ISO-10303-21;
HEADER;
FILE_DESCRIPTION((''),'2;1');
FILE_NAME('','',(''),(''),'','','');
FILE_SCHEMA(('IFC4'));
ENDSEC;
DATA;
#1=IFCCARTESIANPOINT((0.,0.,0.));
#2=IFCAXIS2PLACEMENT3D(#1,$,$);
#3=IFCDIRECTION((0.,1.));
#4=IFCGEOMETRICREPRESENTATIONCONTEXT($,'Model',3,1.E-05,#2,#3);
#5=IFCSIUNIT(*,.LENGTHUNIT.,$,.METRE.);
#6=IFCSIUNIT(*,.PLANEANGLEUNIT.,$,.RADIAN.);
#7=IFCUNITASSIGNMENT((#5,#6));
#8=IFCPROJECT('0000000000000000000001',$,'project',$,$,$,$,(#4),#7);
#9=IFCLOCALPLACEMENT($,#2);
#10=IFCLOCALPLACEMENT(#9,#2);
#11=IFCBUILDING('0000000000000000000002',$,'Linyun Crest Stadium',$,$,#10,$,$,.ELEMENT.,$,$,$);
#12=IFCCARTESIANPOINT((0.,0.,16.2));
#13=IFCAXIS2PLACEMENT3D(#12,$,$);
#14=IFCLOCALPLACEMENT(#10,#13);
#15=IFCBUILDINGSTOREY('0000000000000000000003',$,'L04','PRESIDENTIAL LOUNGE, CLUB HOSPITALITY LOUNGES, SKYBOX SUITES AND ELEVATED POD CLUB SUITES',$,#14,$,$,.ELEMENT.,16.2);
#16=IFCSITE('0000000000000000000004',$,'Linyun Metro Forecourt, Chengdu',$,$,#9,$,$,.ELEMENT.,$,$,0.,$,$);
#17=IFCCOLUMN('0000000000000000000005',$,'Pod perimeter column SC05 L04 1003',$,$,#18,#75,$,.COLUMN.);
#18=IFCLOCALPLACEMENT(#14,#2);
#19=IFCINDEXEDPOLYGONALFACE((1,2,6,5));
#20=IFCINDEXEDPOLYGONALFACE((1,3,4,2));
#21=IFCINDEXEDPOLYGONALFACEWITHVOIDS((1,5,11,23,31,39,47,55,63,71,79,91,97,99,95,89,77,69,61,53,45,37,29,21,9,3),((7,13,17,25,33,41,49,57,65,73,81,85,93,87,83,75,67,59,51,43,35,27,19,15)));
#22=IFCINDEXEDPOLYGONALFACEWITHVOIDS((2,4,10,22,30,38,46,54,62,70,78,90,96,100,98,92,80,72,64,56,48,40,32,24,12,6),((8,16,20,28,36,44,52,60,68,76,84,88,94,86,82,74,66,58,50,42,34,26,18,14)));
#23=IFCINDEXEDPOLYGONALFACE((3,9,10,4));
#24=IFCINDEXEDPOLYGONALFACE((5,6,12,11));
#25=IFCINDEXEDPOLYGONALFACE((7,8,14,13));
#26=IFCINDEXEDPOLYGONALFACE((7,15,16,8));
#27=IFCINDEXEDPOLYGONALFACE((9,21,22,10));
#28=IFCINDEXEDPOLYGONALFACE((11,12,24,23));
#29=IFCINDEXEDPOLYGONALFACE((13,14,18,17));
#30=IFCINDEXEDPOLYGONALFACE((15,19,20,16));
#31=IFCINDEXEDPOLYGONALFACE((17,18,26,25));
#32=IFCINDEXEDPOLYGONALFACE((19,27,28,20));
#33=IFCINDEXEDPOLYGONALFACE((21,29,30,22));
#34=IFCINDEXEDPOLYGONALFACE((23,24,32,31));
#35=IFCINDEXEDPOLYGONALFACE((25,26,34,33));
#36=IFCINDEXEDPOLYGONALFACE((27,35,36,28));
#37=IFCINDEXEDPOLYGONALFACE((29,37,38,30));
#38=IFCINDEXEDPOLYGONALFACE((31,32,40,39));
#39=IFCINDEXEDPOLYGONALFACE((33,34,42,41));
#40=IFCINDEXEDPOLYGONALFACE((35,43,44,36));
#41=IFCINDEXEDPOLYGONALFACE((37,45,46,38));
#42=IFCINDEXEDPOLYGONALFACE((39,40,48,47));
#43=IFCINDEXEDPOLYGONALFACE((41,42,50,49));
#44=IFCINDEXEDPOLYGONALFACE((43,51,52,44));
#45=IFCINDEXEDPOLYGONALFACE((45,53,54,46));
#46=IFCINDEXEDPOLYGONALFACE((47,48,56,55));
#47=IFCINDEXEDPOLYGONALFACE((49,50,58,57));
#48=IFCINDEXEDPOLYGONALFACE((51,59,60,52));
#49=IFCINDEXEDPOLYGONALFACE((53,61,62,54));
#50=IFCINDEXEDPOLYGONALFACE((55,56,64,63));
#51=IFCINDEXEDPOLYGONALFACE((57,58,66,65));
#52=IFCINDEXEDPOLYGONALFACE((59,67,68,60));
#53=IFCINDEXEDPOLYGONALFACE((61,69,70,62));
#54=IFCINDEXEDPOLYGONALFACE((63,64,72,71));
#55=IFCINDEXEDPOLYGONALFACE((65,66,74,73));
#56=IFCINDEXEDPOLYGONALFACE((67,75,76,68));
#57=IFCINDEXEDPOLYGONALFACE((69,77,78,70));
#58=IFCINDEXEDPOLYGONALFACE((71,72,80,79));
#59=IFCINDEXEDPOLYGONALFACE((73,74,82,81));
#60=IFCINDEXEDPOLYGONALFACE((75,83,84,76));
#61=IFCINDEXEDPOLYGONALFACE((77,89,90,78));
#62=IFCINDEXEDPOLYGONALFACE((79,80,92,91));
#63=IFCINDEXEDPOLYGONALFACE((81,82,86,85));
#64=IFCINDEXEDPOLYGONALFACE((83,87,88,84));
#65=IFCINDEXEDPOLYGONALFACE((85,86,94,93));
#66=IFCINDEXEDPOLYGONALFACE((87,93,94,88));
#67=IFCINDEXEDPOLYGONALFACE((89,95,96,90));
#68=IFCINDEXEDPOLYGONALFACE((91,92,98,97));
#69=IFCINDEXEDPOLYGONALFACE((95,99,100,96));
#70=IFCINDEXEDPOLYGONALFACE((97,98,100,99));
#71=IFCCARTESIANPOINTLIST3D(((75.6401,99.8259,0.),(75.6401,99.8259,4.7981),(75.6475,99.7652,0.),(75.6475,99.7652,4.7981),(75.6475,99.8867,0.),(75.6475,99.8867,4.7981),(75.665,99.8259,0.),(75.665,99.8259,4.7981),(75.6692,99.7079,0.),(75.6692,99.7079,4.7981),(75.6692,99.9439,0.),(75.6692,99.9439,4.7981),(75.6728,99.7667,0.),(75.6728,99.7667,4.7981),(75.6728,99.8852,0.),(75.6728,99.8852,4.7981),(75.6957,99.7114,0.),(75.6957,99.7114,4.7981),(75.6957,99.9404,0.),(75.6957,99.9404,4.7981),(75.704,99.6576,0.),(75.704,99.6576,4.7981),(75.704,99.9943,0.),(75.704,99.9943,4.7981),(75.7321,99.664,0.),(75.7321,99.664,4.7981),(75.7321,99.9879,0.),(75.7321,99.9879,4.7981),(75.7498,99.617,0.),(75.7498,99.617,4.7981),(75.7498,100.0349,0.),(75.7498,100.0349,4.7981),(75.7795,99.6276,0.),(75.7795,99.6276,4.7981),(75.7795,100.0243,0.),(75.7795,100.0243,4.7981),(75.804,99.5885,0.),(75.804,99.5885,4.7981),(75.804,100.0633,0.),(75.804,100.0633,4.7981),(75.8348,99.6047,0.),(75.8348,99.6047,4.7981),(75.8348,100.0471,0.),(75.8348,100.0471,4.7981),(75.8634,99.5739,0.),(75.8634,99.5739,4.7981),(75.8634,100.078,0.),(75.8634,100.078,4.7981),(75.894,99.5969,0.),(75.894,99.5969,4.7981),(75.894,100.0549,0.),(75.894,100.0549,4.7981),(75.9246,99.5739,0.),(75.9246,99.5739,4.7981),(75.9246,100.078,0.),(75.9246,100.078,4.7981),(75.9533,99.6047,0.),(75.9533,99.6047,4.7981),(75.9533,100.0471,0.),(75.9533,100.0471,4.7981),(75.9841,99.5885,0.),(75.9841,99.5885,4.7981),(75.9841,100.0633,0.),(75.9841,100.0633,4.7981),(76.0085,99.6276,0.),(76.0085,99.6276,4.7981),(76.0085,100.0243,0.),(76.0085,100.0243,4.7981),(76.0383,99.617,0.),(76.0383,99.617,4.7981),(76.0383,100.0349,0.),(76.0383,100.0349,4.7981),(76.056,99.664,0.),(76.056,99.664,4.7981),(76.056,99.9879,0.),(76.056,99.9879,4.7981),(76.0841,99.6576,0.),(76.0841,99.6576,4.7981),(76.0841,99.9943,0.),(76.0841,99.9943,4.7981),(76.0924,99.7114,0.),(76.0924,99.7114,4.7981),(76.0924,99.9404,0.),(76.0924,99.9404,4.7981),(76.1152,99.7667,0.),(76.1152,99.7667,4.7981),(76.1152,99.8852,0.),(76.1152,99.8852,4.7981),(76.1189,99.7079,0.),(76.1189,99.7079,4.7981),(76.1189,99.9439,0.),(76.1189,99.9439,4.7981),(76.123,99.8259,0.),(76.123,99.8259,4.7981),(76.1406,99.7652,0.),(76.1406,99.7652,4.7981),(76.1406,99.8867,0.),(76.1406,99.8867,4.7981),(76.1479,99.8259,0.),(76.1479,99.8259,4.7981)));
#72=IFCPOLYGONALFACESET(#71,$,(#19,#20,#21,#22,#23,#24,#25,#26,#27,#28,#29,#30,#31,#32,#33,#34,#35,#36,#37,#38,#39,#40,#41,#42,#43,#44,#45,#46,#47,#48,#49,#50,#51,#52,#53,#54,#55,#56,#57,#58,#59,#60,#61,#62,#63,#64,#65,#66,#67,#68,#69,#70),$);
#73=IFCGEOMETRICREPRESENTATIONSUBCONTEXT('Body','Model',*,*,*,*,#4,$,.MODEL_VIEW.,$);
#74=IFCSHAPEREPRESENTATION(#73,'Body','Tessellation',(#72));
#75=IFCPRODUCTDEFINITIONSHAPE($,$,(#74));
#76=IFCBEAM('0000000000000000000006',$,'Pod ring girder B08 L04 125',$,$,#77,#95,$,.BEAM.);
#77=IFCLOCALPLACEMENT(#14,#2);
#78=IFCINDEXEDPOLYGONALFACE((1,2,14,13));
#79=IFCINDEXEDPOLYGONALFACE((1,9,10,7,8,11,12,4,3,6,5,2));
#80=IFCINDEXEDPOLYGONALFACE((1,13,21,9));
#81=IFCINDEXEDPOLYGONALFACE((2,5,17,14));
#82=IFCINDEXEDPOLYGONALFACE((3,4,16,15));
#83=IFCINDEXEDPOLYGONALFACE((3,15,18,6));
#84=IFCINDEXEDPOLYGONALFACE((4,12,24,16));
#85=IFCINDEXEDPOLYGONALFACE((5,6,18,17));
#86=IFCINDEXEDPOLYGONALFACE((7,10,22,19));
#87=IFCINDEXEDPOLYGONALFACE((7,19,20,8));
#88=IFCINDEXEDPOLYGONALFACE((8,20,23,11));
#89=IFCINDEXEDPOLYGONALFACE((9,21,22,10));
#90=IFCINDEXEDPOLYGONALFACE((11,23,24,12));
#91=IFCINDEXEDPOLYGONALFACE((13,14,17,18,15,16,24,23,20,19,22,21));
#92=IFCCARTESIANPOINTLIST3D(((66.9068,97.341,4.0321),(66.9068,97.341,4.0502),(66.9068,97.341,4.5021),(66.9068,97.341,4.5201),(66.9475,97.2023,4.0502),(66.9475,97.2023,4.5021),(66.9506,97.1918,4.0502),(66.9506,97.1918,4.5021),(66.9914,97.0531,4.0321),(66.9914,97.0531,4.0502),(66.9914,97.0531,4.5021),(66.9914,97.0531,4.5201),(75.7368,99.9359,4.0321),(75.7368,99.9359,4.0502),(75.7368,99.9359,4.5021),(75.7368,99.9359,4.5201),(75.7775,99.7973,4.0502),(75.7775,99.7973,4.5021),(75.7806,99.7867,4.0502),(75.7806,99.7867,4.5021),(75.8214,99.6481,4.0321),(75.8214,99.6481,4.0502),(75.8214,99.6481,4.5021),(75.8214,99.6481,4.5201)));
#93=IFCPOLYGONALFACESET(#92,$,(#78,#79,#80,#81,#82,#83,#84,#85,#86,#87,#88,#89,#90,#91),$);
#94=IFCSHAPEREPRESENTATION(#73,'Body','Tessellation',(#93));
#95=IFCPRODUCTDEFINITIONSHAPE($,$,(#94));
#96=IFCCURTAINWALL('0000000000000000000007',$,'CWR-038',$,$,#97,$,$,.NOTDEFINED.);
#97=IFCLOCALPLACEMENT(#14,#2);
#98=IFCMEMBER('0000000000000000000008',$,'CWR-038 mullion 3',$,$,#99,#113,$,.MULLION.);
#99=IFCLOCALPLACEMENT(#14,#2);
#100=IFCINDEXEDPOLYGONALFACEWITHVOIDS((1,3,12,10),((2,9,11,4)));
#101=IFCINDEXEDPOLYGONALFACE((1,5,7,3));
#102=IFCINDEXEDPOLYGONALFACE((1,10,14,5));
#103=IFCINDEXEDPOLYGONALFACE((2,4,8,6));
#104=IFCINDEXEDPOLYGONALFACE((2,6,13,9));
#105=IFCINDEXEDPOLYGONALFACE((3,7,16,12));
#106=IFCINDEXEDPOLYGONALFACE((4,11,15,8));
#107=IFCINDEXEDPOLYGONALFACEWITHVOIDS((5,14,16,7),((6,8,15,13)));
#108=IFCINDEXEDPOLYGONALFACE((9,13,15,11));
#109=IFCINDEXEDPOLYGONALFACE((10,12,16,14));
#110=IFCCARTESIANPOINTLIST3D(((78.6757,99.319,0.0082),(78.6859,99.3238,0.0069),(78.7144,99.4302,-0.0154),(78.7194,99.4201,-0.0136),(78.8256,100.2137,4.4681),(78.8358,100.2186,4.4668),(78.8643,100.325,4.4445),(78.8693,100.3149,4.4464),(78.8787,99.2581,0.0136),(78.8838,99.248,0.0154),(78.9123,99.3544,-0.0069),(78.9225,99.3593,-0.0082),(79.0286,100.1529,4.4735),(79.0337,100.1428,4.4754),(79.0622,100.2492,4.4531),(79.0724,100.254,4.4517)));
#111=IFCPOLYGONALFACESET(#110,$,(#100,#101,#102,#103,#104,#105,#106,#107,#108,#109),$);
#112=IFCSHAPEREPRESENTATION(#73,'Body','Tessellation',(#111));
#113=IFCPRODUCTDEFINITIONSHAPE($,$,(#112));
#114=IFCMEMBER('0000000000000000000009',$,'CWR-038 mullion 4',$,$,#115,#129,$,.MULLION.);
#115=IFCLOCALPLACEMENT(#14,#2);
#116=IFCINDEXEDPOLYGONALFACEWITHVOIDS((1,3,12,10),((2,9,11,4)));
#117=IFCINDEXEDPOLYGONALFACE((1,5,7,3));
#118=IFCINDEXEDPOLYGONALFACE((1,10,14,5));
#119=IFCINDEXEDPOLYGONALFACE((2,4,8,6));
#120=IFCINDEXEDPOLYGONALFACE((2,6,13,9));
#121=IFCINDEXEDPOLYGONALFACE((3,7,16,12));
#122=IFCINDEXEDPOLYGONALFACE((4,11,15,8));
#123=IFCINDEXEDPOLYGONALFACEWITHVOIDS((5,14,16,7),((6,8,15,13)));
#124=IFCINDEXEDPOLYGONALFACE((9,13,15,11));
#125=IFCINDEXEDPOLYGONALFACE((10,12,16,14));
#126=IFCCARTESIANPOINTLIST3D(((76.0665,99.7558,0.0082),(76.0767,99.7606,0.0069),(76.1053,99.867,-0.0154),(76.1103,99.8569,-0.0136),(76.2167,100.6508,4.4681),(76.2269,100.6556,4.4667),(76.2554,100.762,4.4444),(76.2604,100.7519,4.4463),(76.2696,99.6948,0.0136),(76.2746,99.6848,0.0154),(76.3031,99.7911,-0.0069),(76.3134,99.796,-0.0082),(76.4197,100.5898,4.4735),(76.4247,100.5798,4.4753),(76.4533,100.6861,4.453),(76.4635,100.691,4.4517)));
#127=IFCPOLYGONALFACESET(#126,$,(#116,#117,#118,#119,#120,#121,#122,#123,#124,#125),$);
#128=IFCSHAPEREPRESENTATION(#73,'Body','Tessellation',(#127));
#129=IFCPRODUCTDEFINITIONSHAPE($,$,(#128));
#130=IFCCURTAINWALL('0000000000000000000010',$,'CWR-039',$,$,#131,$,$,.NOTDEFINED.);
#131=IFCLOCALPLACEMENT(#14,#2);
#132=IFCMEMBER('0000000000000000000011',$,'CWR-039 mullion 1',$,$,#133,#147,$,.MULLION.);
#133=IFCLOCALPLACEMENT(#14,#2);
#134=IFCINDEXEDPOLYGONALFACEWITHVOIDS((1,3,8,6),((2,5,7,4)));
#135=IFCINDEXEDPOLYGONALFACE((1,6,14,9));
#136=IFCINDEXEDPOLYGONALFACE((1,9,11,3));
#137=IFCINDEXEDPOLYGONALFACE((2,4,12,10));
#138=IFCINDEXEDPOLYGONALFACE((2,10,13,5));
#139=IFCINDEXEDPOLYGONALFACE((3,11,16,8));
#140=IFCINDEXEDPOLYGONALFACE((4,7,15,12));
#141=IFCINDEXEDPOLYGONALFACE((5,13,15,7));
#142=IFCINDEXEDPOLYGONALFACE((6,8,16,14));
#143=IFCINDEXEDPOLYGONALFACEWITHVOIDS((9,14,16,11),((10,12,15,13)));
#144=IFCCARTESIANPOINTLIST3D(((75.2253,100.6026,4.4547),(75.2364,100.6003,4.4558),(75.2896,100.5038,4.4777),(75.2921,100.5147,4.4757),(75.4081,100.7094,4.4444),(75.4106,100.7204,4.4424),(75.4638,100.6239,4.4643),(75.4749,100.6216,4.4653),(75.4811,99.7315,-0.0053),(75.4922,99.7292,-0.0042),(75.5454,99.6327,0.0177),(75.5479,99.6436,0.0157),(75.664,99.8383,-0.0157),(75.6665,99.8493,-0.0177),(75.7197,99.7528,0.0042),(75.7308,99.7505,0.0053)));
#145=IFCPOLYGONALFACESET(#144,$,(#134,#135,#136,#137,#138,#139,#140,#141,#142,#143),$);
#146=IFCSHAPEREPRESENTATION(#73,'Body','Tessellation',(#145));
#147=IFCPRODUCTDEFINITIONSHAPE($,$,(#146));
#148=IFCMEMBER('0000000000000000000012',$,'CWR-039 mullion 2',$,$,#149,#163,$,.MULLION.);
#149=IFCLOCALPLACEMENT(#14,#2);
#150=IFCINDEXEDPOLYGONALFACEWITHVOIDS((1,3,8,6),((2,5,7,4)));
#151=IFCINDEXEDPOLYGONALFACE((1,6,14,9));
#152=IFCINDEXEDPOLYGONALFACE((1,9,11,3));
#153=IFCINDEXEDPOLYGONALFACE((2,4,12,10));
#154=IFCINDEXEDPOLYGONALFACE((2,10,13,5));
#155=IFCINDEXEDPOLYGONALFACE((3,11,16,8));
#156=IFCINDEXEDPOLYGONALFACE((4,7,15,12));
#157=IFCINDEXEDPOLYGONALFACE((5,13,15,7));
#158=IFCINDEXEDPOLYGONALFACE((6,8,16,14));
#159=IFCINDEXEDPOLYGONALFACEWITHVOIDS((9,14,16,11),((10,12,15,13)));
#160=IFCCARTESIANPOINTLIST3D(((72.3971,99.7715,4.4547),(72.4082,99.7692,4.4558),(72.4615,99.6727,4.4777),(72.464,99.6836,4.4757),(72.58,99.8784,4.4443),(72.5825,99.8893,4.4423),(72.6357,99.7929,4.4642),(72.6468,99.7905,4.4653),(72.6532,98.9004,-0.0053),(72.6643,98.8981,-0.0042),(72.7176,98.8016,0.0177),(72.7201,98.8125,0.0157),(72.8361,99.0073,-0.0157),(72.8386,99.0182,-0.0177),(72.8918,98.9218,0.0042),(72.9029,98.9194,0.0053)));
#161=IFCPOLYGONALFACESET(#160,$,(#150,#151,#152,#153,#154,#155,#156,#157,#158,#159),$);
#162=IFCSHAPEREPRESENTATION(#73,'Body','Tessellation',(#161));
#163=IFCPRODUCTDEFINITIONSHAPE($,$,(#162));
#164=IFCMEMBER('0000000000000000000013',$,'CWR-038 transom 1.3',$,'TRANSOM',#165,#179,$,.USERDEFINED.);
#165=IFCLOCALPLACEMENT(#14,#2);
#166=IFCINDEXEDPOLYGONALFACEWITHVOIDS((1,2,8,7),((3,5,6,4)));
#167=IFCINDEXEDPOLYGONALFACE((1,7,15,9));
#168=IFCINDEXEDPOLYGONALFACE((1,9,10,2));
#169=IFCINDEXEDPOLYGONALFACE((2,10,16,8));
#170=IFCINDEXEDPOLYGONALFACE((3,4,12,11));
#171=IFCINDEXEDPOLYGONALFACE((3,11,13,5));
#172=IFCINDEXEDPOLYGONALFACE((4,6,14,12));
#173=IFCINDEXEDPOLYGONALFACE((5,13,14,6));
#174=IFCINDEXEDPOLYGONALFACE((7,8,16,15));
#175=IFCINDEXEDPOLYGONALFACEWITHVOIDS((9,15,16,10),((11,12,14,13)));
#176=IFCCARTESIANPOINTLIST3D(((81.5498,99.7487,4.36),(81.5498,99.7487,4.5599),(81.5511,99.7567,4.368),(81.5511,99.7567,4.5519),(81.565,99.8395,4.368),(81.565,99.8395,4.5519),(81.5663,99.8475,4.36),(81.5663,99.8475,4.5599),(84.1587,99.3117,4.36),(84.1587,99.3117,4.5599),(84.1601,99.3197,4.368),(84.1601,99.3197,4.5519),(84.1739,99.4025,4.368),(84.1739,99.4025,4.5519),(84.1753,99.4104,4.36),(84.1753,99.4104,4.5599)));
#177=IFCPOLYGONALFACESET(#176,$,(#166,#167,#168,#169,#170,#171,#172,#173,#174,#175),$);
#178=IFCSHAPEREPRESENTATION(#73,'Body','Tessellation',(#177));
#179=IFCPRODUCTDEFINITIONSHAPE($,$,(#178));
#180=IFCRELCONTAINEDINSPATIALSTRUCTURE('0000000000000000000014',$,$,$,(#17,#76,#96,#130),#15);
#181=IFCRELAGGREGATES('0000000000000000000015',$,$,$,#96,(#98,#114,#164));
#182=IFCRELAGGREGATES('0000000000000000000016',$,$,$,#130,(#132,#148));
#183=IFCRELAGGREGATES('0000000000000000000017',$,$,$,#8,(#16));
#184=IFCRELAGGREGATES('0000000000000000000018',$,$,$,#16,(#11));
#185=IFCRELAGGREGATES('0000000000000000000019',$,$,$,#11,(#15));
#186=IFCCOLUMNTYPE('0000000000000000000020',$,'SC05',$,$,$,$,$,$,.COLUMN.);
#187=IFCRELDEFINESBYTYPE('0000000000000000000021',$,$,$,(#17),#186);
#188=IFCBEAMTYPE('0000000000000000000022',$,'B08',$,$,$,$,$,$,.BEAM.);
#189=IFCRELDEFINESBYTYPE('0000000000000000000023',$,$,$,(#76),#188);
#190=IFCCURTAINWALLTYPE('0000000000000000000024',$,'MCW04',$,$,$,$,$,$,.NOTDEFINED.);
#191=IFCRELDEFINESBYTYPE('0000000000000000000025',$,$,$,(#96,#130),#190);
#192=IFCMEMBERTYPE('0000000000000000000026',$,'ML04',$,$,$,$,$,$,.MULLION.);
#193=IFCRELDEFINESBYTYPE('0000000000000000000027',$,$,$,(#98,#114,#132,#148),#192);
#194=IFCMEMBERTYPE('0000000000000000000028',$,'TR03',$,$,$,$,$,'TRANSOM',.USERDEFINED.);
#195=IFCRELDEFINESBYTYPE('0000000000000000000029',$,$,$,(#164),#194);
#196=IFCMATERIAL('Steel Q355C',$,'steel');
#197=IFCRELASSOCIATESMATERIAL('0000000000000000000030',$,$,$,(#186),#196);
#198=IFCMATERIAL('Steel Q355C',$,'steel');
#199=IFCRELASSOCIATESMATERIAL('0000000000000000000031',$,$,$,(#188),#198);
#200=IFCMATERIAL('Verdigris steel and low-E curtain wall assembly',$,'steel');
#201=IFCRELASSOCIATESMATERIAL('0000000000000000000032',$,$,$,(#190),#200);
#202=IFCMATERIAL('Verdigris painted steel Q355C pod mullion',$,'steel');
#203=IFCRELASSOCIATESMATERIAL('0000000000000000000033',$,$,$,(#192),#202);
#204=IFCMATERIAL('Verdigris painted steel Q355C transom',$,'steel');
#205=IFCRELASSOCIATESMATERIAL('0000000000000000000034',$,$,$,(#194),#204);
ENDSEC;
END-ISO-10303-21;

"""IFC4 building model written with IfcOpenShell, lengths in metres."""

from ifc_helpers import new_model, si_unit, direction, frame, origin, origin_2d, place, context, subcontext, project, spatial, hollow_rectangle, hollow_circle, i_section, extrude, material, material_profile, profile_set, type_object, element, aggregate, save


model = new_model("IFC4")

# Units and contexts
model_context = context("Model", 3, precision=1e-05, world=origin(), true_north=direction((0.0, 1.0)))
body_context = subcontext(model_context, "Body", "Model", "MODEL_VIEW")
ifc_project = project(units=[si_unit("LENGTHUNIT", "METRE"), si_unit("PLANEANGLEUNIT", "RADIAN")], contexts=[model_context])

# Site, building, storey
site_placement = place(None, origin())
site = spatial("IfcSite", under=ifc_project, at=site_placement, Name="Linyun Metro Forecourt, Chengdu", CompositionType="ELEMENT", RefElevation=0.0)
building_placement = place(site_placement, origin())
building = spatial("IfcBuilding", under=site, at=building_placement, Name="Linyun Crest Stadium", CompositionType="ELEMENT")
storey_placement = place(building_placement, frame((0.0, 0.0, 16.2)))
storey = spatial("IfcBuildingStorey", under=building, at=storey_placement, Name="L04", Description="PRESIDENTIAL LOUNGE, CLUB HOSPITALITY LOUNGES, SKYBOX SUITES AND ELEVATED POD CLUB SUITES", CompositionType="ELEMENT", Elevation=16.2)

# Column
ifc_material_1 = material(Name="Steel Q355C", Category="steel")
ifc_material_profile_1 = material_profile(ifc_material_1, hollow_circle(Radius=0.2539, WallThickness=0.0249, at=origin_2d()), Name="CHS 508x25")
ifc_profile_set_1 = profile_set([ifc_material_profile_1], Name="Steel Q355C")
column_type = type_object("IfcColumnType", Name="SC05", PredefinedType="COLUMN", material=ifc_profile_set_1)
column_placement = place(storey_placement, frame((75.894, 99.8259, 0.0), z_axis=(0.0, 0.0, 1.0), x_axis=(1.0, 0.0, 0.0)))
element("IfcColumn", 1, at=column_placement, inside=storey, type_object=column_type, Name="Pod perimeter column SC05 L04 1003", PredefinedType="COLUMN", context=body_context, shape_type="SweptSolid", body=[
    extrude(hollow_circle(Radius=0.2539, WallThickness=0.0249, at=origin_2d()), origin(), (0.0, 0.0, 1.0), 4.7981),
])

# Beam
ifc_material_2 = material(Name="Steel Q355C", Category="steel")
ifc_material_profile_2 = material_profile(ifc_material_2, i_section(OverallWidth=0.3, OverallDepth=0.488, WebThickness=0.011, FlangeThickness=0.0181, at=origin_2d()), Name="HM 488x300")
ifc_profile_set_2 = profile_set([ifc_material_profile_2], Name="Steel Q355C")
beam_type = type_object("IfcBeamType", Name="B08", PredefinedType="BEAM", material=ifc_profile_set_2)
beam_placement = place(storey_placement, frame((75.7791, 99.792, 4.2761), z_axis=(-0.959428, -0.281955, 0.0), x_axis=(0.281955, -0.959428, 0.0)))
element("IfcBeam", 2, at=beam_placement, inside=storey, type_object=beam_type, Name="Pod ring girder B08 L04 125", PredefinedType="BEAM", context=body_context, shape_type="SweptSolid", body=[
    extrude(i_section(OverallWidth=0.3, OverallDepth=0.488, WebThickness=0.011, FlangeThickness=0.0181, at=origin_2d()), origin(), (0.0, 0.0, 1.0), 9.2034),
])

# Curtain walls, members
ifc_material_3 = material(Name="Verdigris steel and low-E curtain wall assembly", Category="steel")
curtain_wall_type = type_object("IfcCurtainWallType", Name="MCW04", PredefinedType="NOTDEFINED", material=ifc_material_3)
curtain_wall_1_placement = place(storey_placement, origin())
curtain_wall_1 = element("IfcCurtainWall", 3, at=curtain_wall_1_placement, inside=storey, type_object=curtain_wall_type, Name="CWR-038", PredefinedType="NOTDEFINED")
ifc_material_4 = material(Name="Verdigris painted steel Q355C pod mullion", Category="steel")
ifc_material_profile_3 = material_profile(ifc_material_4, hollow_rectangle(XDim=0.1201, YDim=0.22, WallThickness=0.0081, at=origin_2d()), Name="RHS 220x120x8")
ifc_profile_set_3 = profile_set([ifc_material_profile_3], Name="Verdigris painted steel Q355C pod mullion")
member_type_1 = type_object("IfcMemberType", Name="ML04", PredefinedType="MULLION", material=ifc_profile_set_3)
member_1_placement = place(storey_placement, frame((78.7991, 99.3391, 0.0), z_axis=(0.032936, 0.196598, 0.979931), x_axis=(0.322471, 0.925937, -0.196604)))
member_1 = element("IfcMember", 4, at=member_1_placement, type_object=member_type_1, Name="CWR-038 mullion 3", PredefinedType="MULLION", context=body_context, shape_type="SweptSolid", body=[
    extrude(hollow_rectangle(XDim=0.1201, YDim=0.22, WallThickness=0.0081, at=origin_2d()), origin(), (0.0, 0.0, 1.0), 4.5513),
])
member_2_placement = place(storey_placement, frame((76.1899, 99.7759, 0.0), z_axis=(0.032989, 0.196649, 0.979919), x_axis=(0.322673, 0.925854, -0.196662)))
member_2 = element("IfcMember", 5, at=member_2_placement, type_object=member_type_1, Name="CWR-038 mullion 4", PredefinedType="MULLION", context=body_context, shape_type="SweptSolid", body=[
    extrude(hollow_rectangle(XDim=0.1201, YDim=0.22, WallThickness=0.0081, at=origin_2d()), origin(), (0.0, 0.0, 1.0), 4.5513),
])
curtain_wall_2_placement = place(storey_placement, origin())
curtain_wall_2 = element("IfcCurtainWall", 6, at=curtain_wall_2_placement, inside=storey, type_object=curtain_wall_type, Name="CWR-039", PredefinedType="NOTDEFINED")
member_3_placement = place(storey_placement, frame((75.606, 99.741, 0.0), z_axis=(-0.056215, 0.191389, 0.979903), x_axis=(-0.535521, 0.822552, -0.191378)))
member_3 = element("IfcMember", 7, at=member_3_placement, type_object=member_type_1, Name="CWR-039 mullion 1", PredefinedType="MULLION", context=body_context, shape_type="SweptSolid", body=[
    extrude(hollow_rectangle(XDim=0.1201, YDim=0.22, WallThickness=0.0081, at=origin_2d()), origin(), (0.0, 0.0, 1.0), 4.5515),
])
member_4_placement = place(storey_placement, frame((72.7781, 98.9099, 0.0), z_axis=(-0.056269, 0.191388, 0.9799), x_axis=(-0.535733, 0.822411, -0.191392)))
member_4 = element("IfcMember", 8, at=member_4_placement, type_object=member_type_1, Name="CWR-039 mullion 2", PredefinedType="MULLION", context=body_context, shape_type="SweptSolid", body=[
    extrude(hollow_rectangle(XDim=0.1201, YDim=0.22, WallThickness=0.0081, at=origin_2d()), origin(), (0.0, 0.0, 1.0), 4.5515),
])

# Member
ifc_material_5 = material(Name="Verdigris painted steel Q355C transom", Category="steel")
ifc_material_profile_4 = material_profile(ifc_material_5, hollow_rectangle(XDim=0.1001, YDim=0.2, WallThickness=0.0081, at=origin_2d()), Name="RHS 200x100x8")
ifc_profile_set_4 = profile_set([ifc_material_profile_4], Name="Verdigris painted steel Q355C transom")
member_type_2 = type_object("IfcMemberType", Name="TR03", ElementType="TRANSOM", PredefinedType="USERDEFINED", material=ifc_profile_set_4)
member_5_placement = place(storey_placement, frame((84.167, 99.3611, 4.46), z_axis=(-0.986259, 0.165207, 0.0), x_axis=(-0.165207, -0.986259, 0.0)))
member_5 = element("IfcMember", 9, at=member_5_placement, type_object=member_type_2, Name="CWR-038 transom 1.3", ObjectType="TRANSOM", PredefinedType="USERDEFINED", context=body_context, shape_type="SweptSolid", body=[
    extrude(hollow_rectangle(XDim=0.1001, YDim=0.2, WallThickness=0.0081, at=origin_2d()), origin(), (0.0, 0.0, 1.0), 2.6453),
])

aggregate(curtain_wall_1, [member_1, member_2, member_5])
aggregate(curtain_wall_2, [member_3, member_4])

save(model, "model.ifc")
